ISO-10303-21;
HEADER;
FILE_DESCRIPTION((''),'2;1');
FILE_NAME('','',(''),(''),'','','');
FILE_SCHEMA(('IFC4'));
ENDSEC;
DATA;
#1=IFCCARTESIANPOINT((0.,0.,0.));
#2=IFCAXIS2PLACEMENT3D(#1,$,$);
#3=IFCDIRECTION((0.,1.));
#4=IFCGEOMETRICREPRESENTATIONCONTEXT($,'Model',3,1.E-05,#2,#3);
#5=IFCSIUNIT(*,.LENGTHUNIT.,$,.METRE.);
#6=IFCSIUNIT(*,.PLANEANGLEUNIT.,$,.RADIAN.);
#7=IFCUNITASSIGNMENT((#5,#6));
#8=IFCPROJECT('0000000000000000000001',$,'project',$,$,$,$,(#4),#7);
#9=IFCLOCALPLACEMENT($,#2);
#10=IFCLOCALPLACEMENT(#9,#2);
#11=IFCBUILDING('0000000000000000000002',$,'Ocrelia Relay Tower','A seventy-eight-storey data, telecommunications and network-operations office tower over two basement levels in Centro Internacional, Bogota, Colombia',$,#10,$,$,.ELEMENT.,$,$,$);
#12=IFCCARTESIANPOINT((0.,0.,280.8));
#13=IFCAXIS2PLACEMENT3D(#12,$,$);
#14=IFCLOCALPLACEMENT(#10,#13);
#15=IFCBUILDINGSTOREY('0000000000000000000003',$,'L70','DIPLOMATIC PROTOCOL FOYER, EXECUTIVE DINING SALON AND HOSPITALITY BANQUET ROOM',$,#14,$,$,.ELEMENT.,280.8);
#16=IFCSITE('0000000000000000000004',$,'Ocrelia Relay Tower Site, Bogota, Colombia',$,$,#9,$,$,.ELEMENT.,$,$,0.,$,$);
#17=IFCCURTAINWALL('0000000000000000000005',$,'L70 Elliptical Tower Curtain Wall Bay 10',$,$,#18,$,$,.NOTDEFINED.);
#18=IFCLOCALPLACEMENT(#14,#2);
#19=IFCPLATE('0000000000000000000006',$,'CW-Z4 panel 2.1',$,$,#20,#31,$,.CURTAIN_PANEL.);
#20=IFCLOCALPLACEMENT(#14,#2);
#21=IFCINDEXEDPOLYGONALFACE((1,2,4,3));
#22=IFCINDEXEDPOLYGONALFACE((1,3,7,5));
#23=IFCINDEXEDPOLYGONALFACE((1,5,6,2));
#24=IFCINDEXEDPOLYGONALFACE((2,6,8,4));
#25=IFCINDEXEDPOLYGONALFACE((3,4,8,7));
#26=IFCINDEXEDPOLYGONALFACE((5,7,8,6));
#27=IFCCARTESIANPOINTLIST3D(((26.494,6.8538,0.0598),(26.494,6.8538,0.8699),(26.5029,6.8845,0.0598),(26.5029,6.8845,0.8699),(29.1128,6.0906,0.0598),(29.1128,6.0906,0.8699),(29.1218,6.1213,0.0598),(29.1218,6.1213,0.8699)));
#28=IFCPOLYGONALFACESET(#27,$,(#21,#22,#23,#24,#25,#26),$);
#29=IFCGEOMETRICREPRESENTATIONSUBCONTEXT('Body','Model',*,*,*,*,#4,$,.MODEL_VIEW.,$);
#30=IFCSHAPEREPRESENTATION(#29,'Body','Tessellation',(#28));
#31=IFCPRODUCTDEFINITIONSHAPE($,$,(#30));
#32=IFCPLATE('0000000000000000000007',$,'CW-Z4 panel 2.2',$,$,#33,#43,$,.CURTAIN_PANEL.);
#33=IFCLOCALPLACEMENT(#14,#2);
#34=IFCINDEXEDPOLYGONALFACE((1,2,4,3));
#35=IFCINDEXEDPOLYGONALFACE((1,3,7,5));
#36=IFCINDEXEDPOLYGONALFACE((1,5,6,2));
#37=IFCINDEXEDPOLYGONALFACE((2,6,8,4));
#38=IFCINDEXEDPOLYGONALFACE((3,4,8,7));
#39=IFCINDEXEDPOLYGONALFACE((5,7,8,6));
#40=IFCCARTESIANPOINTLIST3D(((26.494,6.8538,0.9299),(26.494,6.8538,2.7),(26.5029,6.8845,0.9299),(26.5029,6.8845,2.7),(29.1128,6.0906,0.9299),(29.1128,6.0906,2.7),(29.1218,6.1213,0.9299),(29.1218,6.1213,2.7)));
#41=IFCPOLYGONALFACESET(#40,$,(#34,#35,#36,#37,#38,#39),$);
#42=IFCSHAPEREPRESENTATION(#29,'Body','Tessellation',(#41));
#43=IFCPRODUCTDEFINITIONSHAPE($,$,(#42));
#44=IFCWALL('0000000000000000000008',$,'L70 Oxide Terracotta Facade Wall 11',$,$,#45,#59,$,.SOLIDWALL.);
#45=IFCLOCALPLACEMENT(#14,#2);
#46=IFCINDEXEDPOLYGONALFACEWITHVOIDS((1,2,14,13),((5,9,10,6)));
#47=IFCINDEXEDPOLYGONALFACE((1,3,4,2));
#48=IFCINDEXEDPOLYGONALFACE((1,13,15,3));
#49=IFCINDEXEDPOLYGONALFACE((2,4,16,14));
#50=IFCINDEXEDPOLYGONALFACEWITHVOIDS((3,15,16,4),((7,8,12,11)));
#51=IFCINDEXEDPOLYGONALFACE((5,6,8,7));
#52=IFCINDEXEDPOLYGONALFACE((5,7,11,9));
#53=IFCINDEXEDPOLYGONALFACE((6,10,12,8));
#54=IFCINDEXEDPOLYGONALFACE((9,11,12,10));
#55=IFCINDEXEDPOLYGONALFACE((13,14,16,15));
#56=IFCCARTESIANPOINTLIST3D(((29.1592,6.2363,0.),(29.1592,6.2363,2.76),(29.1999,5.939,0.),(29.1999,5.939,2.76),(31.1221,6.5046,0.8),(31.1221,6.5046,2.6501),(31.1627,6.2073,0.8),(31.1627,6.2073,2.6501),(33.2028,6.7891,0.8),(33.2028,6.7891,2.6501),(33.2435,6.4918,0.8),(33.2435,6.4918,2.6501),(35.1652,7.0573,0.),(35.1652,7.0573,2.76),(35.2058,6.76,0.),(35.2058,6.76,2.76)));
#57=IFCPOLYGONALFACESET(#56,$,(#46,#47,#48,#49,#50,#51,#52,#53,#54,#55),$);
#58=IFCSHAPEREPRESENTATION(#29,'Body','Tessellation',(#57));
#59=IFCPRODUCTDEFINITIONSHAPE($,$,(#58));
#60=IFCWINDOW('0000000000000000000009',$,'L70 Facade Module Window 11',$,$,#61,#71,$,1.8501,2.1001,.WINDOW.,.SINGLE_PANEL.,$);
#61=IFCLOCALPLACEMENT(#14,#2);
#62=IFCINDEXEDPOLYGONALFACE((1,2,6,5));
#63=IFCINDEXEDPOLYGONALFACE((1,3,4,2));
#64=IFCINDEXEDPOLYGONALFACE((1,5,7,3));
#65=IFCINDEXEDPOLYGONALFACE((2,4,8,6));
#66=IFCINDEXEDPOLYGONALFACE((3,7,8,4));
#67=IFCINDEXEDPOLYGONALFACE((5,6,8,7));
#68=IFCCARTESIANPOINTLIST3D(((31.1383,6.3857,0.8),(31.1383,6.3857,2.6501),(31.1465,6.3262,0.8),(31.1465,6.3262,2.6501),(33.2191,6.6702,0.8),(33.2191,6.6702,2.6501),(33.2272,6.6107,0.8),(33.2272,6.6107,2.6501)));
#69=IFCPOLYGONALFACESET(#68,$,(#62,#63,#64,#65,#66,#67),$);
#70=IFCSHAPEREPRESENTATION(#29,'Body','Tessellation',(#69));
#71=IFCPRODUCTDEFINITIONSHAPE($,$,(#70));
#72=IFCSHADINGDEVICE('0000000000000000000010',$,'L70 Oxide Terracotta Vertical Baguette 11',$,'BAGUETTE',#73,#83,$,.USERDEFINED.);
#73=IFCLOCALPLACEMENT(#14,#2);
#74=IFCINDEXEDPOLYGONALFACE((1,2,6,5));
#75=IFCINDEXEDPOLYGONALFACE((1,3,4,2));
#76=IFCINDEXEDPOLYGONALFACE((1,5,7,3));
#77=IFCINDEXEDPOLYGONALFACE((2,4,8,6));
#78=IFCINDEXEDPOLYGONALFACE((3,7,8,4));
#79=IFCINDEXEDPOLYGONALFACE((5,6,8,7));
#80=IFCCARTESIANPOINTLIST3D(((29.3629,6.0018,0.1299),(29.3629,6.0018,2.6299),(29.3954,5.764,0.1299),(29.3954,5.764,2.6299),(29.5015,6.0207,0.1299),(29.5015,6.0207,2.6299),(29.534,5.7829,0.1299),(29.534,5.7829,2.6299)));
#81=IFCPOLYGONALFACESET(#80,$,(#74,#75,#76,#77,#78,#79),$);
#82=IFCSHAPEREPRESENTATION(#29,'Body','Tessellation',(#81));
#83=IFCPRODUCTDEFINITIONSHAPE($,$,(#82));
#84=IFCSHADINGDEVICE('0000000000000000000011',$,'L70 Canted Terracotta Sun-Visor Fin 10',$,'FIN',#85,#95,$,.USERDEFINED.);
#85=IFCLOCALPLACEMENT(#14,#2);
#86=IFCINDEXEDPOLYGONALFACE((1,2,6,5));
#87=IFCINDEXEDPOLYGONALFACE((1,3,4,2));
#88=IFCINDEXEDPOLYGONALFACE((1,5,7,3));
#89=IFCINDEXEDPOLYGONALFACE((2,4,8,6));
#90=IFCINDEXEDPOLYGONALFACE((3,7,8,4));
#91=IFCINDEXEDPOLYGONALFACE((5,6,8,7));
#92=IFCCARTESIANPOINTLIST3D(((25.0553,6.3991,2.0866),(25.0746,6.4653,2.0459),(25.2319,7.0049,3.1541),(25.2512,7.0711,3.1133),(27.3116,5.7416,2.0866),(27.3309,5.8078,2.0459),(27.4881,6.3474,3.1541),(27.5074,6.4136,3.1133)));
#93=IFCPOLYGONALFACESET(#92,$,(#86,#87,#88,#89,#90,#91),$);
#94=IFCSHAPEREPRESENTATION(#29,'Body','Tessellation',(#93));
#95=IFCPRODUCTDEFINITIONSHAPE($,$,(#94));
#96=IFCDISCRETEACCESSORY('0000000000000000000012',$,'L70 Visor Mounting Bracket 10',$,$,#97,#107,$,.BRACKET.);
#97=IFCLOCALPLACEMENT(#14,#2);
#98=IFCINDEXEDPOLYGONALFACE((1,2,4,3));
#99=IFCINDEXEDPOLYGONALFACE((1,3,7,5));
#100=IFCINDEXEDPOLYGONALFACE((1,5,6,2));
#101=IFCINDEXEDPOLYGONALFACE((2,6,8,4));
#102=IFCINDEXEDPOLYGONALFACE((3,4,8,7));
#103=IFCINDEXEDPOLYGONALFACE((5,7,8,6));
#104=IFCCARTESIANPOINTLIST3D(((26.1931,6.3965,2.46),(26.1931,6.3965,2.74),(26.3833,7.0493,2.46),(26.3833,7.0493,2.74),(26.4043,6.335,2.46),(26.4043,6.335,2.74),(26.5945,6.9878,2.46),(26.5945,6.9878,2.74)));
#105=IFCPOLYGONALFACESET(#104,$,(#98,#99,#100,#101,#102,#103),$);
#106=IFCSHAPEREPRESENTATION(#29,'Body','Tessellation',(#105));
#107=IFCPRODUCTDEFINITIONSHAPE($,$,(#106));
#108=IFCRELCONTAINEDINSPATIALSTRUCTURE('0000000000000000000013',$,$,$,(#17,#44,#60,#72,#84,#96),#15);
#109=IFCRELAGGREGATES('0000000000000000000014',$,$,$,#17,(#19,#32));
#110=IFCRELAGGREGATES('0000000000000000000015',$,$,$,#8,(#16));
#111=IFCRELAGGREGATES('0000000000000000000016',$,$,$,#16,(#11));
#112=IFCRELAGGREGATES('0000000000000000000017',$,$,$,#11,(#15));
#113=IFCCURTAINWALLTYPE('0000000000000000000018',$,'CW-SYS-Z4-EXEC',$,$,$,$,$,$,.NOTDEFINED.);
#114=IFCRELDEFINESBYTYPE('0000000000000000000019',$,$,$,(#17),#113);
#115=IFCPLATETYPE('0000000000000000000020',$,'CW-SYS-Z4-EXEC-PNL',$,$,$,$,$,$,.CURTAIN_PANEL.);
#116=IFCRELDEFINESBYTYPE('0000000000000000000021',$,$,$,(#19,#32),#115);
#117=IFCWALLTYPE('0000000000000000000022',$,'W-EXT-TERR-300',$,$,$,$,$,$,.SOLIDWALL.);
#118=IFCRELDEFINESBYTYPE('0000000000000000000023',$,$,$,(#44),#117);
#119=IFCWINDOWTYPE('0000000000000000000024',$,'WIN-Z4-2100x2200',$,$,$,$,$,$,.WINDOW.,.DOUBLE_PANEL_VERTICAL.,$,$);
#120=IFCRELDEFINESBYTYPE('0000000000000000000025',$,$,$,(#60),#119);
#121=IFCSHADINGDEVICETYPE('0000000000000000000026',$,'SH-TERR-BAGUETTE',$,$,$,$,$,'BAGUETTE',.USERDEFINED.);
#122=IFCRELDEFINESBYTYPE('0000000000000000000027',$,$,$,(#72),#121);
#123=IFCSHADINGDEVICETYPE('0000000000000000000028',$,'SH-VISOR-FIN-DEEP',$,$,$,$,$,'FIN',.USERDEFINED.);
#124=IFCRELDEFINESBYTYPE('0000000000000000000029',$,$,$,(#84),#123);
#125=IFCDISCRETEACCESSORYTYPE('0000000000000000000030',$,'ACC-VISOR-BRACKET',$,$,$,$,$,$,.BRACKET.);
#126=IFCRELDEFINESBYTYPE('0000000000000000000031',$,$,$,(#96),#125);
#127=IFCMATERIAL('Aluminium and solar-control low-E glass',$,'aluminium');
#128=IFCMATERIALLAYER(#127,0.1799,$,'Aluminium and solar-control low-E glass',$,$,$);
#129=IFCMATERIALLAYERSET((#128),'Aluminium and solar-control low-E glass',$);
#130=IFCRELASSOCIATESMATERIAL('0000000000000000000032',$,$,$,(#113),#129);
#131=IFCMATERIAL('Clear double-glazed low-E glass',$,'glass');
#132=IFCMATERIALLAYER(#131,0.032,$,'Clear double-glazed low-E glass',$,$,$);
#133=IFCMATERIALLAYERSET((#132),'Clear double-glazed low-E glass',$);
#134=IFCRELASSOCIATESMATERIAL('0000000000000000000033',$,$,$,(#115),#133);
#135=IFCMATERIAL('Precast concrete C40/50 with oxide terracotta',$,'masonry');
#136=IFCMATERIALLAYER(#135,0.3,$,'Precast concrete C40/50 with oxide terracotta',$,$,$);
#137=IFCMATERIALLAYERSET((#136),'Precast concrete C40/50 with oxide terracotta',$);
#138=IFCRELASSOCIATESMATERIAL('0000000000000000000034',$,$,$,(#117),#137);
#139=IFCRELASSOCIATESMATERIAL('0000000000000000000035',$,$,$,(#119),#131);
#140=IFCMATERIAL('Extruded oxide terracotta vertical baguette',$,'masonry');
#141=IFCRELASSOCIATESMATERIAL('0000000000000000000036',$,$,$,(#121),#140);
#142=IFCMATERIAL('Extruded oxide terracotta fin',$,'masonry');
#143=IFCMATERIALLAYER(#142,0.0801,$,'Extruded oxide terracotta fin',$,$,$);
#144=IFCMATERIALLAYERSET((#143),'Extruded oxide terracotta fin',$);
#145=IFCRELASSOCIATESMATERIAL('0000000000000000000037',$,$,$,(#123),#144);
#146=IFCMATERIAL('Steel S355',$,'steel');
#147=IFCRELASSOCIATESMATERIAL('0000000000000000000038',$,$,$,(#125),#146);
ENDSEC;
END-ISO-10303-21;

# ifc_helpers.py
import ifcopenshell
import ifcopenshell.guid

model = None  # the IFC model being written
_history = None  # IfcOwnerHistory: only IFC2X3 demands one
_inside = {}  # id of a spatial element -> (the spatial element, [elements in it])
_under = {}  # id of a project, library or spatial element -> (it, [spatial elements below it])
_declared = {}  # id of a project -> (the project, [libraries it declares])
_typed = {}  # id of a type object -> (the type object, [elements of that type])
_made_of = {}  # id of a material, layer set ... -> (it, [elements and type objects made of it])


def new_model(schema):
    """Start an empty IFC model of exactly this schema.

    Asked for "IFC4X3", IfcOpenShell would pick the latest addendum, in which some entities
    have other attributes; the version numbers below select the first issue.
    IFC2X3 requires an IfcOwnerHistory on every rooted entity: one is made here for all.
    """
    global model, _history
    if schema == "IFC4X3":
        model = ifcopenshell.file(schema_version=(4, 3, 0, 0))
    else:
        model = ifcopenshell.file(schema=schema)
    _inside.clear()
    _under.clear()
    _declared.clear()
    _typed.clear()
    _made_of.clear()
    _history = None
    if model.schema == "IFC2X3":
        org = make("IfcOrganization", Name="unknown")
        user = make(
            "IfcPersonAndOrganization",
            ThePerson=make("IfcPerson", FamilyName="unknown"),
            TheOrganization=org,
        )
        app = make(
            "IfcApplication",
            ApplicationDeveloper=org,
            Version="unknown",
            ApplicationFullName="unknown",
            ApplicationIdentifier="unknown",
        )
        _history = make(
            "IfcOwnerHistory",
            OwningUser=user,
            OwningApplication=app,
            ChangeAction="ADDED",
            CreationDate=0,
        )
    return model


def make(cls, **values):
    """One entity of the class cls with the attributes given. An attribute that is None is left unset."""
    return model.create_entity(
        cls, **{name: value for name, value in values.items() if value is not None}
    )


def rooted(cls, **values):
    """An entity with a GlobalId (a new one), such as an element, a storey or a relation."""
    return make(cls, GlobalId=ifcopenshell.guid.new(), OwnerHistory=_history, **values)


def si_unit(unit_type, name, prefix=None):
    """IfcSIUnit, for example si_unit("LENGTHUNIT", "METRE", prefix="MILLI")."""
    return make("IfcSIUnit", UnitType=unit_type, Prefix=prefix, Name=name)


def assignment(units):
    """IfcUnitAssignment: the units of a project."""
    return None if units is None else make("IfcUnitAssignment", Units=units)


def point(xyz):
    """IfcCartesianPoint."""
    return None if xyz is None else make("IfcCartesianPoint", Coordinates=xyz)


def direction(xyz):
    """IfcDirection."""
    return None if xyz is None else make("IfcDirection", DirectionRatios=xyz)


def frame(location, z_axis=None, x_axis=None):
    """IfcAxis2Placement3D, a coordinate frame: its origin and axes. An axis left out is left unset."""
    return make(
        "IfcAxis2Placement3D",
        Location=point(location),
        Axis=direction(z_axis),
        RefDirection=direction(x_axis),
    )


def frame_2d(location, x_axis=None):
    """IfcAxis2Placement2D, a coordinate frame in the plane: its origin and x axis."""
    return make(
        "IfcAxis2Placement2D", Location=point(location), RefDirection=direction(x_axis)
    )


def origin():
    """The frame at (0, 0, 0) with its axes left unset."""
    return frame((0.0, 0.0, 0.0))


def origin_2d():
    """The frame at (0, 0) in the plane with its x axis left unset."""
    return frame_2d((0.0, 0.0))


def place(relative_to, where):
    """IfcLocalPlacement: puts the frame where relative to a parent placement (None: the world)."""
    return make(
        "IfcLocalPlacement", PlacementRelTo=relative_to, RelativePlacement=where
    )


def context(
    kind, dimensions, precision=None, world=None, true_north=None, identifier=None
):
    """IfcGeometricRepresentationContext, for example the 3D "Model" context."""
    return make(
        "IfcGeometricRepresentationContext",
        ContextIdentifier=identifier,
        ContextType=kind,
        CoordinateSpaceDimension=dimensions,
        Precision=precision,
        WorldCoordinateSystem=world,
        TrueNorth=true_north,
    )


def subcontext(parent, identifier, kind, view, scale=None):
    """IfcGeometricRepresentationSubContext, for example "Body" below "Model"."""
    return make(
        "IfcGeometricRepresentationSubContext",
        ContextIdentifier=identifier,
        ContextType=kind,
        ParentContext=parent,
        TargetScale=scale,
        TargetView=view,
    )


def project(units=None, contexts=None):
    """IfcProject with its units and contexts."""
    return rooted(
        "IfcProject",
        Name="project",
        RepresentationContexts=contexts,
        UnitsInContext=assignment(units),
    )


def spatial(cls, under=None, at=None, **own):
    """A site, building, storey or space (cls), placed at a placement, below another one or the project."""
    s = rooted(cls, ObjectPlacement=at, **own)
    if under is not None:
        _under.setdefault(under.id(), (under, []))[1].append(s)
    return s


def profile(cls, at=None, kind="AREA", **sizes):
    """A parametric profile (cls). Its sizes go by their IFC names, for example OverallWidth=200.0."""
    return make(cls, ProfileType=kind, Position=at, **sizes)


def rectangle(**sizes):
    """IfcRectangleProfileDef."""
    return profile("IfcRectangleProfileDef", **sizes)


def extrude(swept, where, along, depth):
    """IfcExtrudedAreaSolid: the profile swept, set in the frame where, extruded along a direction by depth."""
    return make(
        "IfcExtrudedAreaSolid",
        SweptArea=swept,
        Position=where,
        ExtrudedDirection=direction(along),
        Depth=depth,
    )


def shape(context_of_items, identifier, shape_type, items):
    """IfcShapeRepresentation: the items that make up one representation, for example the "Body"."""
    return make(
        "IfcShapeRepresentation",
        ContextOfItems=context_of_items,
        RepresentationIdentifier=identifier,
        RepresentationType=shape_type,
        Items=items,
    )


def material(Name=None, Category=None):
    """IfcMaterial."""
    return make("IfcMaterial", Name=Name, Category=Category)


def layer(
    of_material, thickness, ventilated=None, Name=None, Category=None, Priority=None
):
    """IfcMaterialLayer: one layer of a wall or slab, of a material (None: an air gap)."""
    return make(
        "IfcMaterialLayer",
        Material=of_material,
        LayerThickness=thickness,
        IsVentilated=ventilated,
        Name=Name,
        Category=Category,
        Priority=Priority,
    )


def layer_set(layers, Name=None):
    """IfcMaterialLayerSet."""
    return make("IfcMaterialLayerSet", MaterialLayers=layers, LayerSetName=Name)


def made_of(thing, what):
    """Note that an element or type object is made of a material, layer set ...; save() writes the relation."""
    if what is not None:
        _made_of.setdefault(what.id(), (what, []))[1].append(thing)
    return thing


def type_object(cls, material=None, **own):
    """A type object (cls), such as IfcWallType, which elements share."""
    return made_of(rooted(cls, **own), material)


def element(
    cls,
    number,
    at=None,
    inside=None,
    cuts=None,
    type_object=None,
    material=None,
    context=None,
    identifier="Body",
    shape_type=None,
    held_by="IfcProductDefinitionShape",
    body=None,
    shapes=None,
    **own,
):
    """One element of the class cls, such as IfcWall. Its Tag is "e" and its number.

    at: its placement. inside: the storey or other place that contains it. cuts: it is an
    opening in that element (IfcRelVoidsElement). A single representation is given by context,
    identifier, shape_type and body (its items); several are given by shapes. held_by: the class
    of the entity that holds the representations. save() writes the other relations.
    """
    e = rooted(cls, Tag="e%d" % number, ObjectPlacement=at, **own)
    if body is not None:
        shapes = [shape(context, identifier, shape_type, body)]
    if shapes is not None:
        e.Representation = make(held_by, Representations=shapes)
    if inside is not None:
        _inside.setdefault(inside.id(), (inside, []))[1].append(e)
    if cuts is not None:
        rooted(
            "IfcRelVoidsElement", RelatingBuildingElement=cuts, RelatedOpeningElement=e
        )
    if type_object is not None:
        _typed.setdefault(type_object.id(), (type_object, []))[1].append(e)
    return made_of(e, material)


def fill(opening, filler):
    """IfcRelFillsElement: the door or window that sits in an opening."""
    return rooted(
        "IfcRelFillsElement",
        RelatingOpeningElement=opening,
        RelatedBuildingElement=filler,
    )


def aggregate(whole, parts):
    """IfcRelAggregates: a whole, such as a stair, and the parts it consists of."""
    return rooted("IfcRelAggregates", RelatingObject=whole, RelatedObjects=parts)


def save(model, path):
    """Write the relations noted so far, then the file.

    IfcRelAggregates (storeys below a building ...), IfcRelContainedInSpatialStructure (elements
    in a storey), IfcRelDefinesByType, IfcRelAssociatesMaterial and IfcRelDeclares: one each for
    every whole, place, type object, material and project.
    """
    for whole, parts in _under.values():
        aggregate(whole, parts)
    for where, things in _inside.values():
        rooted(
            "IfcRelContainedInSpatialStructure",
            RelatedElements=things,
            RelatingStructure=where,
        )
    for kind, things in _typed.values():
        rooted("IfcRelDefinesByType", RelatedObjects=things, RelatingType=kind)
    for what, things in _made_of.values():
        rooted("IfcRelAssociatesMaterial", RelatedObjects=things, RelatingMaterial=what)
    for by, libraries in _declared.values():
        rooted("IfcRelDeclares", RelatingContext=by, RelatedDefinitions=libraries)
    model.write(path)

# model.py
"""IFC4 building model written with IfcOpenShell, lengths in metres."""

from ifc_helpers import new_model, si_unit, direction, frame, frame_2d, origin, origin_2d, place, context, subcontext, project, spatial, rectangle, extrude, material, layer, layer_set, type_object, element, fill, aggregate, save


model = new_model("IFC4")

# Units and contexts
model_context = context("Model", 3, precision=1e-05, world=origin(), true_north=direction((0.0, 1.0)))
body_context = subcontext(model_context, "Body", "Model", "MODEL_VIEW")
ifc_project = project(units=[si_unit("LENGTHUNIT", "METRE"), si_unit("PLANEANGLEUNIT", "RADIAN")], contexts=[model_context])

# Site, building, storey
site_placement = place(None, origin())
site = spatial("IfcSite", under=ifc_project, at=site_placement, Name="Ocrelia Relay Tower Site, Bogota, Colombia", CompositionType="ELEMENT", RefElevation=0.0)
building_placement = place(site_placement, origin())
building = spatial("IfcBuilding", under=site, at=building_placement, Name="Ocrelia Relay Tower", Description="A seventy-eight-storey data, telecommunications and network-operations office tower over two basement levels in Centro Internacional, Bogota, Colombia", CompositionType="ELEMENT")
storey_placement = place(building_placement, frame((0.0, 0.0, 280.8)))
storey = spatial("IfcBuildingStorey", under=building, at=storey_placement, Name="L70", Description="DIPLOMATIC PROTOCOL FOYER, EXECUTIVE DINING SALON AND HOSPITALITY BANQUET ROOM", CompositionType="ELEMENT", Elevation=280.8)

# Curtain wall, plates
ifc_material_1 = material(Name="Aluminium and solar-control low-E glass", Category="aluminium")
ifc_layer_1 = layer(ifc_material_1, 0.1799, Name="Aluminium and solar-control low-E glass")
ifc_layer_set_1 = layer_set([ifc_layer_1], Name="Aluminium and solar-control low-E glass")
curtain_wall_type = type_object("IfcCurtainWallType", Name="CW-SYS-Z4-EXEC", PredefinedType="NOTDEFINED", material=ifc_layer_set_1)
curtain_wall_placement = place(storey_placement, origin())
curtain_wall = element("IfcCurtainWall", 1, at=curtain_wall_placement, inside=storey, type_object=curtain_wall_type, Name="L70 Elliptical Tower Curtain Wall Bay 10", PredefinedType="NOTDEFINED")
ifc_material_2 = material(Name="Clear double-glazed low-E glass", Category="glass")
ifc_layer_2 = layer(ifc_material_2, 0.032, Name="Clear double-glazed low-E glass")
ifc_layer_set_2 = layer_set([ifc_layer_2], Name="Clear double-glazed low-E glass")
plate_type = type_object("IfcPlateType", Name="CW-SYS-Z4-EXEC-PNL", PredefinedType="CURTAIN_PANEL", material=ifc_layer_set_2)
plate_1_placement = place(storey_placement, frame((27.8079, 6.4875, 0.0598), z_axis=(0.0, 0.0, 1.0), x_axis=(0.960062, -0.279787, 0.0)))
plate_1 = element("IfcPlate", 2, at=plate_1_placement, type_object=plate_type, Name="CW-Z4 panel 2.1", PredefinedType="CURTAIN_PANEL", context=body_context, shape_type="SweptSolid", body=[
    extrude(rectangle(XDim=2.7278, YDim=0.032, at=origin_2d()), origin(), (0.0, 0.0, 1.0), 0.8101),
])
plate_2_placement = place(storey_placement, frame((27.8079, 6.4875, 0.9299), z_axis=(0.0, 0.0, 1.0), x_axis=(0.960062, -0.279787, 0.0)))
plate_2 = element("IfcPlate", 3, at=plate_2_placement, type_object=plate_type, Name="CW-Z4 panel 2.2", PredefinedType="CURTAIN_PANEL", context=body_context, shape_type="SweptSolid", body=[
    extrude(rectangle(XDim=2.7278, YDim=0.032, at=origin_2d()), origin(), (0.0, 0.0, 1.0), 1.77),
])
aggregate(curtain_wall, [plate_1, plate_2])

# Wall, opening, window
ifc_material_3 = material(Name="Precast concrete C40/50 with oxide terracotta", Category="masonry")
ifc_layer_3 = layer(ifc_material_3, 0.3, Name="Precast concrete C40/50 with oxide terracotta")
ifc_layer_set_3 = layer_set([ifc_layer_3], Name="Precast concrete C40/50 with oxide terracotta")
wall_type = type_object("IfcWallType", Name="W-EXT-TERR-300", PredefinedType="SOLIDWALL", material=ifc_layer_set_3)
wall_placement = place(storey_placement, frame((29.1797, 6.0876, 0.0), z_axis=(0.0, 0.0, 1.0), x_axis=(0.990785, 0.135447, 0.0)))
wall = element("IfcWall", 4, at=wall_placement, inside=storey, type_object=wall_type, Name="L70 Oxide Terracotta Facade Wall 11", PredefinedType="SOLIDWALL", context=body_context, shape_type="SweptSolid", body=[
    extrude(rectangle(XDim=6.0618, YDim=0.3, at=frame_2d((3.0308, 0.0))), origin(), (0.0, 0.0, 1.0), 2.76),
])
opening_placement = place(wall_placement, frame((1.981, 0.0, 0.8)))
opening = element("IfcOpeningElement", 5, at=opening_placement, cuts=wall, PredefinedType="OPENING", context=body_context, shape_type="SweptSolid", body=[
    extrude(rectangle(XDim=2.1001, YDim=1.8501, at=frame_2d((1.05, 0.925))), frame((0.0, 0.1602, 0.0), z_axis=(0.0, -1.0, 0.0), x_axis=(1.0, 0.0, 0.0)), (0.0, 0.0, 1.0), 0.3201),
])
window_type = type_object("IfcWindowType", Name="WIN-Z4-2100x2200", PartitioningType="DOUBLE_PANEL_VERTICAL", PredefinedType="WINDOW", material=ifc_material_2)
window_placement = place(opening_placement, origin())
window = element("IfcWindow", 6, at=window_placement, inside=storey, type_object=window_type, Name="L70 Facade Module Window 11", OverallHeight=1.8501, OverallWidth=2.1001, PartitioningType="SINGLE_PANEL", PredefinedType="WINDOW", context=body_context, shape_type="SweptSolid", body=[
    extrude(rectangle(XDim=2.1001, YDim=1.8501, at=frame_2d((1.05, 0.925))), frame((0.0, 0.03, 0.0), z_axis=(0.0, -1.0, 0.0), x_axis=(1.0, 0.0, 0.0)), (0.0, 0.0, 1.0), 0.0601),
])
fill(opening, window)

# Shading devices
ifc_material_4 = material(Name="Extruded oxide terracotta vertical baguette", Category="masonry")
shading_device_type_1 = type_object("IfcShadingDeviceType", Name="SH-TERR-BAGUETTE", ElementType="BAGUETTE", PredefinedType="USERDEFINED", material=ifc_material_4)
shading_device_1_placement = place(storey_placement, frame((29.4485, 5.8923, 0.1299), z_axis=(0.0, 0.0, 1.0), x_axis=(0.990788, 0.135421, 0.0)))
element("IfcShadingDevice", 7, at=shading_device_1_placement, inside=storey, type_object=shading_device_type_1, Name="L70 Oxide Terracotta Vertical Baguette 11", ObjectType="BAGUETTE", PredefinedType="USERDEFINED", context=body_context, shape_type="SweptSolid", body=[
    extrude(rectangle(XDim=0.1399, YDim=0.24, at=origin_2d()), origin(), (0.0, 0.0, 1.0), 2.5),
])
ifc_material_5 = material(Name="Extruded oxide terracotta fin", Category="masonry")
ifc_layer_4 = layer(ifc_material_5, 0.0801, Name="Extruded oxide terracotta fin")
ifc_layer_set_4 = layer_set([ifc_layer_4], Name="Extruded oxide terracotta fin")
shading_device_type_2 = type_object("IfcShadingDeviceType", Name="SH-VISOR-FIN-DEEP", ElementType="FIN", PredefinedType="USERDEFINED", material=ifc_layer_set_4)
shading_device_2_placement = place(storey_placement, frame((26.291, 6.4395, 2.5796), z_axis=(-0.24085, -0.826451, 0.508891), x_axis=(0.960062, -0.279787, 0.0)))
element("IfcShadingDevice", 8, at=shading_device_2_placement, inside=storey, type_object=shading_device_type_2, Name="L70 Canted Terracotta Sun-Visor Fin 10", ObjectType="FIN", PredefinedType="USERDEFINED", context=body_context, shape_type="SweptSolid", body=[
    extrude(rectangle(XDim=2.3501, YDim=1.24, at=origin_2d()), origin(), (0.0, 0.0, 1.0), 0.0801),
])

# Discrete accessory
ifc_material_6 = material(Name="Steel S355", Category="steel")
discrete_accessory_type = type_object("IfcDiscreteAccessoryType", Name="ACC-VISOR-BRACKET", PredefinedType="BRACKET", material=ifc_material_6)
discrete_accessory_placement = place(storey_placement, frame((26.3938, 6.6921, 2.46), z_axis=(0.0, 0.0, 1.0), x_axis=(0.960062, -0.279787, 0.0)))
element("IfcDiscreteAccessory", 9, at=discrete_accessory_placement, inside=storey, type_object=discrete_accessory_type, Name="L70 Visor Mounting Bracket 10", PredefinedType="BRACKET", context=body_context, shape_type="SweptSolid", body=[
    extrude(rectangle(XDim=0.22, YDim=0.6799, at=origin_2d()), origin(), (0.0, 0.0, 1.0), 0.28),
])

save(model, "model.ifc")
